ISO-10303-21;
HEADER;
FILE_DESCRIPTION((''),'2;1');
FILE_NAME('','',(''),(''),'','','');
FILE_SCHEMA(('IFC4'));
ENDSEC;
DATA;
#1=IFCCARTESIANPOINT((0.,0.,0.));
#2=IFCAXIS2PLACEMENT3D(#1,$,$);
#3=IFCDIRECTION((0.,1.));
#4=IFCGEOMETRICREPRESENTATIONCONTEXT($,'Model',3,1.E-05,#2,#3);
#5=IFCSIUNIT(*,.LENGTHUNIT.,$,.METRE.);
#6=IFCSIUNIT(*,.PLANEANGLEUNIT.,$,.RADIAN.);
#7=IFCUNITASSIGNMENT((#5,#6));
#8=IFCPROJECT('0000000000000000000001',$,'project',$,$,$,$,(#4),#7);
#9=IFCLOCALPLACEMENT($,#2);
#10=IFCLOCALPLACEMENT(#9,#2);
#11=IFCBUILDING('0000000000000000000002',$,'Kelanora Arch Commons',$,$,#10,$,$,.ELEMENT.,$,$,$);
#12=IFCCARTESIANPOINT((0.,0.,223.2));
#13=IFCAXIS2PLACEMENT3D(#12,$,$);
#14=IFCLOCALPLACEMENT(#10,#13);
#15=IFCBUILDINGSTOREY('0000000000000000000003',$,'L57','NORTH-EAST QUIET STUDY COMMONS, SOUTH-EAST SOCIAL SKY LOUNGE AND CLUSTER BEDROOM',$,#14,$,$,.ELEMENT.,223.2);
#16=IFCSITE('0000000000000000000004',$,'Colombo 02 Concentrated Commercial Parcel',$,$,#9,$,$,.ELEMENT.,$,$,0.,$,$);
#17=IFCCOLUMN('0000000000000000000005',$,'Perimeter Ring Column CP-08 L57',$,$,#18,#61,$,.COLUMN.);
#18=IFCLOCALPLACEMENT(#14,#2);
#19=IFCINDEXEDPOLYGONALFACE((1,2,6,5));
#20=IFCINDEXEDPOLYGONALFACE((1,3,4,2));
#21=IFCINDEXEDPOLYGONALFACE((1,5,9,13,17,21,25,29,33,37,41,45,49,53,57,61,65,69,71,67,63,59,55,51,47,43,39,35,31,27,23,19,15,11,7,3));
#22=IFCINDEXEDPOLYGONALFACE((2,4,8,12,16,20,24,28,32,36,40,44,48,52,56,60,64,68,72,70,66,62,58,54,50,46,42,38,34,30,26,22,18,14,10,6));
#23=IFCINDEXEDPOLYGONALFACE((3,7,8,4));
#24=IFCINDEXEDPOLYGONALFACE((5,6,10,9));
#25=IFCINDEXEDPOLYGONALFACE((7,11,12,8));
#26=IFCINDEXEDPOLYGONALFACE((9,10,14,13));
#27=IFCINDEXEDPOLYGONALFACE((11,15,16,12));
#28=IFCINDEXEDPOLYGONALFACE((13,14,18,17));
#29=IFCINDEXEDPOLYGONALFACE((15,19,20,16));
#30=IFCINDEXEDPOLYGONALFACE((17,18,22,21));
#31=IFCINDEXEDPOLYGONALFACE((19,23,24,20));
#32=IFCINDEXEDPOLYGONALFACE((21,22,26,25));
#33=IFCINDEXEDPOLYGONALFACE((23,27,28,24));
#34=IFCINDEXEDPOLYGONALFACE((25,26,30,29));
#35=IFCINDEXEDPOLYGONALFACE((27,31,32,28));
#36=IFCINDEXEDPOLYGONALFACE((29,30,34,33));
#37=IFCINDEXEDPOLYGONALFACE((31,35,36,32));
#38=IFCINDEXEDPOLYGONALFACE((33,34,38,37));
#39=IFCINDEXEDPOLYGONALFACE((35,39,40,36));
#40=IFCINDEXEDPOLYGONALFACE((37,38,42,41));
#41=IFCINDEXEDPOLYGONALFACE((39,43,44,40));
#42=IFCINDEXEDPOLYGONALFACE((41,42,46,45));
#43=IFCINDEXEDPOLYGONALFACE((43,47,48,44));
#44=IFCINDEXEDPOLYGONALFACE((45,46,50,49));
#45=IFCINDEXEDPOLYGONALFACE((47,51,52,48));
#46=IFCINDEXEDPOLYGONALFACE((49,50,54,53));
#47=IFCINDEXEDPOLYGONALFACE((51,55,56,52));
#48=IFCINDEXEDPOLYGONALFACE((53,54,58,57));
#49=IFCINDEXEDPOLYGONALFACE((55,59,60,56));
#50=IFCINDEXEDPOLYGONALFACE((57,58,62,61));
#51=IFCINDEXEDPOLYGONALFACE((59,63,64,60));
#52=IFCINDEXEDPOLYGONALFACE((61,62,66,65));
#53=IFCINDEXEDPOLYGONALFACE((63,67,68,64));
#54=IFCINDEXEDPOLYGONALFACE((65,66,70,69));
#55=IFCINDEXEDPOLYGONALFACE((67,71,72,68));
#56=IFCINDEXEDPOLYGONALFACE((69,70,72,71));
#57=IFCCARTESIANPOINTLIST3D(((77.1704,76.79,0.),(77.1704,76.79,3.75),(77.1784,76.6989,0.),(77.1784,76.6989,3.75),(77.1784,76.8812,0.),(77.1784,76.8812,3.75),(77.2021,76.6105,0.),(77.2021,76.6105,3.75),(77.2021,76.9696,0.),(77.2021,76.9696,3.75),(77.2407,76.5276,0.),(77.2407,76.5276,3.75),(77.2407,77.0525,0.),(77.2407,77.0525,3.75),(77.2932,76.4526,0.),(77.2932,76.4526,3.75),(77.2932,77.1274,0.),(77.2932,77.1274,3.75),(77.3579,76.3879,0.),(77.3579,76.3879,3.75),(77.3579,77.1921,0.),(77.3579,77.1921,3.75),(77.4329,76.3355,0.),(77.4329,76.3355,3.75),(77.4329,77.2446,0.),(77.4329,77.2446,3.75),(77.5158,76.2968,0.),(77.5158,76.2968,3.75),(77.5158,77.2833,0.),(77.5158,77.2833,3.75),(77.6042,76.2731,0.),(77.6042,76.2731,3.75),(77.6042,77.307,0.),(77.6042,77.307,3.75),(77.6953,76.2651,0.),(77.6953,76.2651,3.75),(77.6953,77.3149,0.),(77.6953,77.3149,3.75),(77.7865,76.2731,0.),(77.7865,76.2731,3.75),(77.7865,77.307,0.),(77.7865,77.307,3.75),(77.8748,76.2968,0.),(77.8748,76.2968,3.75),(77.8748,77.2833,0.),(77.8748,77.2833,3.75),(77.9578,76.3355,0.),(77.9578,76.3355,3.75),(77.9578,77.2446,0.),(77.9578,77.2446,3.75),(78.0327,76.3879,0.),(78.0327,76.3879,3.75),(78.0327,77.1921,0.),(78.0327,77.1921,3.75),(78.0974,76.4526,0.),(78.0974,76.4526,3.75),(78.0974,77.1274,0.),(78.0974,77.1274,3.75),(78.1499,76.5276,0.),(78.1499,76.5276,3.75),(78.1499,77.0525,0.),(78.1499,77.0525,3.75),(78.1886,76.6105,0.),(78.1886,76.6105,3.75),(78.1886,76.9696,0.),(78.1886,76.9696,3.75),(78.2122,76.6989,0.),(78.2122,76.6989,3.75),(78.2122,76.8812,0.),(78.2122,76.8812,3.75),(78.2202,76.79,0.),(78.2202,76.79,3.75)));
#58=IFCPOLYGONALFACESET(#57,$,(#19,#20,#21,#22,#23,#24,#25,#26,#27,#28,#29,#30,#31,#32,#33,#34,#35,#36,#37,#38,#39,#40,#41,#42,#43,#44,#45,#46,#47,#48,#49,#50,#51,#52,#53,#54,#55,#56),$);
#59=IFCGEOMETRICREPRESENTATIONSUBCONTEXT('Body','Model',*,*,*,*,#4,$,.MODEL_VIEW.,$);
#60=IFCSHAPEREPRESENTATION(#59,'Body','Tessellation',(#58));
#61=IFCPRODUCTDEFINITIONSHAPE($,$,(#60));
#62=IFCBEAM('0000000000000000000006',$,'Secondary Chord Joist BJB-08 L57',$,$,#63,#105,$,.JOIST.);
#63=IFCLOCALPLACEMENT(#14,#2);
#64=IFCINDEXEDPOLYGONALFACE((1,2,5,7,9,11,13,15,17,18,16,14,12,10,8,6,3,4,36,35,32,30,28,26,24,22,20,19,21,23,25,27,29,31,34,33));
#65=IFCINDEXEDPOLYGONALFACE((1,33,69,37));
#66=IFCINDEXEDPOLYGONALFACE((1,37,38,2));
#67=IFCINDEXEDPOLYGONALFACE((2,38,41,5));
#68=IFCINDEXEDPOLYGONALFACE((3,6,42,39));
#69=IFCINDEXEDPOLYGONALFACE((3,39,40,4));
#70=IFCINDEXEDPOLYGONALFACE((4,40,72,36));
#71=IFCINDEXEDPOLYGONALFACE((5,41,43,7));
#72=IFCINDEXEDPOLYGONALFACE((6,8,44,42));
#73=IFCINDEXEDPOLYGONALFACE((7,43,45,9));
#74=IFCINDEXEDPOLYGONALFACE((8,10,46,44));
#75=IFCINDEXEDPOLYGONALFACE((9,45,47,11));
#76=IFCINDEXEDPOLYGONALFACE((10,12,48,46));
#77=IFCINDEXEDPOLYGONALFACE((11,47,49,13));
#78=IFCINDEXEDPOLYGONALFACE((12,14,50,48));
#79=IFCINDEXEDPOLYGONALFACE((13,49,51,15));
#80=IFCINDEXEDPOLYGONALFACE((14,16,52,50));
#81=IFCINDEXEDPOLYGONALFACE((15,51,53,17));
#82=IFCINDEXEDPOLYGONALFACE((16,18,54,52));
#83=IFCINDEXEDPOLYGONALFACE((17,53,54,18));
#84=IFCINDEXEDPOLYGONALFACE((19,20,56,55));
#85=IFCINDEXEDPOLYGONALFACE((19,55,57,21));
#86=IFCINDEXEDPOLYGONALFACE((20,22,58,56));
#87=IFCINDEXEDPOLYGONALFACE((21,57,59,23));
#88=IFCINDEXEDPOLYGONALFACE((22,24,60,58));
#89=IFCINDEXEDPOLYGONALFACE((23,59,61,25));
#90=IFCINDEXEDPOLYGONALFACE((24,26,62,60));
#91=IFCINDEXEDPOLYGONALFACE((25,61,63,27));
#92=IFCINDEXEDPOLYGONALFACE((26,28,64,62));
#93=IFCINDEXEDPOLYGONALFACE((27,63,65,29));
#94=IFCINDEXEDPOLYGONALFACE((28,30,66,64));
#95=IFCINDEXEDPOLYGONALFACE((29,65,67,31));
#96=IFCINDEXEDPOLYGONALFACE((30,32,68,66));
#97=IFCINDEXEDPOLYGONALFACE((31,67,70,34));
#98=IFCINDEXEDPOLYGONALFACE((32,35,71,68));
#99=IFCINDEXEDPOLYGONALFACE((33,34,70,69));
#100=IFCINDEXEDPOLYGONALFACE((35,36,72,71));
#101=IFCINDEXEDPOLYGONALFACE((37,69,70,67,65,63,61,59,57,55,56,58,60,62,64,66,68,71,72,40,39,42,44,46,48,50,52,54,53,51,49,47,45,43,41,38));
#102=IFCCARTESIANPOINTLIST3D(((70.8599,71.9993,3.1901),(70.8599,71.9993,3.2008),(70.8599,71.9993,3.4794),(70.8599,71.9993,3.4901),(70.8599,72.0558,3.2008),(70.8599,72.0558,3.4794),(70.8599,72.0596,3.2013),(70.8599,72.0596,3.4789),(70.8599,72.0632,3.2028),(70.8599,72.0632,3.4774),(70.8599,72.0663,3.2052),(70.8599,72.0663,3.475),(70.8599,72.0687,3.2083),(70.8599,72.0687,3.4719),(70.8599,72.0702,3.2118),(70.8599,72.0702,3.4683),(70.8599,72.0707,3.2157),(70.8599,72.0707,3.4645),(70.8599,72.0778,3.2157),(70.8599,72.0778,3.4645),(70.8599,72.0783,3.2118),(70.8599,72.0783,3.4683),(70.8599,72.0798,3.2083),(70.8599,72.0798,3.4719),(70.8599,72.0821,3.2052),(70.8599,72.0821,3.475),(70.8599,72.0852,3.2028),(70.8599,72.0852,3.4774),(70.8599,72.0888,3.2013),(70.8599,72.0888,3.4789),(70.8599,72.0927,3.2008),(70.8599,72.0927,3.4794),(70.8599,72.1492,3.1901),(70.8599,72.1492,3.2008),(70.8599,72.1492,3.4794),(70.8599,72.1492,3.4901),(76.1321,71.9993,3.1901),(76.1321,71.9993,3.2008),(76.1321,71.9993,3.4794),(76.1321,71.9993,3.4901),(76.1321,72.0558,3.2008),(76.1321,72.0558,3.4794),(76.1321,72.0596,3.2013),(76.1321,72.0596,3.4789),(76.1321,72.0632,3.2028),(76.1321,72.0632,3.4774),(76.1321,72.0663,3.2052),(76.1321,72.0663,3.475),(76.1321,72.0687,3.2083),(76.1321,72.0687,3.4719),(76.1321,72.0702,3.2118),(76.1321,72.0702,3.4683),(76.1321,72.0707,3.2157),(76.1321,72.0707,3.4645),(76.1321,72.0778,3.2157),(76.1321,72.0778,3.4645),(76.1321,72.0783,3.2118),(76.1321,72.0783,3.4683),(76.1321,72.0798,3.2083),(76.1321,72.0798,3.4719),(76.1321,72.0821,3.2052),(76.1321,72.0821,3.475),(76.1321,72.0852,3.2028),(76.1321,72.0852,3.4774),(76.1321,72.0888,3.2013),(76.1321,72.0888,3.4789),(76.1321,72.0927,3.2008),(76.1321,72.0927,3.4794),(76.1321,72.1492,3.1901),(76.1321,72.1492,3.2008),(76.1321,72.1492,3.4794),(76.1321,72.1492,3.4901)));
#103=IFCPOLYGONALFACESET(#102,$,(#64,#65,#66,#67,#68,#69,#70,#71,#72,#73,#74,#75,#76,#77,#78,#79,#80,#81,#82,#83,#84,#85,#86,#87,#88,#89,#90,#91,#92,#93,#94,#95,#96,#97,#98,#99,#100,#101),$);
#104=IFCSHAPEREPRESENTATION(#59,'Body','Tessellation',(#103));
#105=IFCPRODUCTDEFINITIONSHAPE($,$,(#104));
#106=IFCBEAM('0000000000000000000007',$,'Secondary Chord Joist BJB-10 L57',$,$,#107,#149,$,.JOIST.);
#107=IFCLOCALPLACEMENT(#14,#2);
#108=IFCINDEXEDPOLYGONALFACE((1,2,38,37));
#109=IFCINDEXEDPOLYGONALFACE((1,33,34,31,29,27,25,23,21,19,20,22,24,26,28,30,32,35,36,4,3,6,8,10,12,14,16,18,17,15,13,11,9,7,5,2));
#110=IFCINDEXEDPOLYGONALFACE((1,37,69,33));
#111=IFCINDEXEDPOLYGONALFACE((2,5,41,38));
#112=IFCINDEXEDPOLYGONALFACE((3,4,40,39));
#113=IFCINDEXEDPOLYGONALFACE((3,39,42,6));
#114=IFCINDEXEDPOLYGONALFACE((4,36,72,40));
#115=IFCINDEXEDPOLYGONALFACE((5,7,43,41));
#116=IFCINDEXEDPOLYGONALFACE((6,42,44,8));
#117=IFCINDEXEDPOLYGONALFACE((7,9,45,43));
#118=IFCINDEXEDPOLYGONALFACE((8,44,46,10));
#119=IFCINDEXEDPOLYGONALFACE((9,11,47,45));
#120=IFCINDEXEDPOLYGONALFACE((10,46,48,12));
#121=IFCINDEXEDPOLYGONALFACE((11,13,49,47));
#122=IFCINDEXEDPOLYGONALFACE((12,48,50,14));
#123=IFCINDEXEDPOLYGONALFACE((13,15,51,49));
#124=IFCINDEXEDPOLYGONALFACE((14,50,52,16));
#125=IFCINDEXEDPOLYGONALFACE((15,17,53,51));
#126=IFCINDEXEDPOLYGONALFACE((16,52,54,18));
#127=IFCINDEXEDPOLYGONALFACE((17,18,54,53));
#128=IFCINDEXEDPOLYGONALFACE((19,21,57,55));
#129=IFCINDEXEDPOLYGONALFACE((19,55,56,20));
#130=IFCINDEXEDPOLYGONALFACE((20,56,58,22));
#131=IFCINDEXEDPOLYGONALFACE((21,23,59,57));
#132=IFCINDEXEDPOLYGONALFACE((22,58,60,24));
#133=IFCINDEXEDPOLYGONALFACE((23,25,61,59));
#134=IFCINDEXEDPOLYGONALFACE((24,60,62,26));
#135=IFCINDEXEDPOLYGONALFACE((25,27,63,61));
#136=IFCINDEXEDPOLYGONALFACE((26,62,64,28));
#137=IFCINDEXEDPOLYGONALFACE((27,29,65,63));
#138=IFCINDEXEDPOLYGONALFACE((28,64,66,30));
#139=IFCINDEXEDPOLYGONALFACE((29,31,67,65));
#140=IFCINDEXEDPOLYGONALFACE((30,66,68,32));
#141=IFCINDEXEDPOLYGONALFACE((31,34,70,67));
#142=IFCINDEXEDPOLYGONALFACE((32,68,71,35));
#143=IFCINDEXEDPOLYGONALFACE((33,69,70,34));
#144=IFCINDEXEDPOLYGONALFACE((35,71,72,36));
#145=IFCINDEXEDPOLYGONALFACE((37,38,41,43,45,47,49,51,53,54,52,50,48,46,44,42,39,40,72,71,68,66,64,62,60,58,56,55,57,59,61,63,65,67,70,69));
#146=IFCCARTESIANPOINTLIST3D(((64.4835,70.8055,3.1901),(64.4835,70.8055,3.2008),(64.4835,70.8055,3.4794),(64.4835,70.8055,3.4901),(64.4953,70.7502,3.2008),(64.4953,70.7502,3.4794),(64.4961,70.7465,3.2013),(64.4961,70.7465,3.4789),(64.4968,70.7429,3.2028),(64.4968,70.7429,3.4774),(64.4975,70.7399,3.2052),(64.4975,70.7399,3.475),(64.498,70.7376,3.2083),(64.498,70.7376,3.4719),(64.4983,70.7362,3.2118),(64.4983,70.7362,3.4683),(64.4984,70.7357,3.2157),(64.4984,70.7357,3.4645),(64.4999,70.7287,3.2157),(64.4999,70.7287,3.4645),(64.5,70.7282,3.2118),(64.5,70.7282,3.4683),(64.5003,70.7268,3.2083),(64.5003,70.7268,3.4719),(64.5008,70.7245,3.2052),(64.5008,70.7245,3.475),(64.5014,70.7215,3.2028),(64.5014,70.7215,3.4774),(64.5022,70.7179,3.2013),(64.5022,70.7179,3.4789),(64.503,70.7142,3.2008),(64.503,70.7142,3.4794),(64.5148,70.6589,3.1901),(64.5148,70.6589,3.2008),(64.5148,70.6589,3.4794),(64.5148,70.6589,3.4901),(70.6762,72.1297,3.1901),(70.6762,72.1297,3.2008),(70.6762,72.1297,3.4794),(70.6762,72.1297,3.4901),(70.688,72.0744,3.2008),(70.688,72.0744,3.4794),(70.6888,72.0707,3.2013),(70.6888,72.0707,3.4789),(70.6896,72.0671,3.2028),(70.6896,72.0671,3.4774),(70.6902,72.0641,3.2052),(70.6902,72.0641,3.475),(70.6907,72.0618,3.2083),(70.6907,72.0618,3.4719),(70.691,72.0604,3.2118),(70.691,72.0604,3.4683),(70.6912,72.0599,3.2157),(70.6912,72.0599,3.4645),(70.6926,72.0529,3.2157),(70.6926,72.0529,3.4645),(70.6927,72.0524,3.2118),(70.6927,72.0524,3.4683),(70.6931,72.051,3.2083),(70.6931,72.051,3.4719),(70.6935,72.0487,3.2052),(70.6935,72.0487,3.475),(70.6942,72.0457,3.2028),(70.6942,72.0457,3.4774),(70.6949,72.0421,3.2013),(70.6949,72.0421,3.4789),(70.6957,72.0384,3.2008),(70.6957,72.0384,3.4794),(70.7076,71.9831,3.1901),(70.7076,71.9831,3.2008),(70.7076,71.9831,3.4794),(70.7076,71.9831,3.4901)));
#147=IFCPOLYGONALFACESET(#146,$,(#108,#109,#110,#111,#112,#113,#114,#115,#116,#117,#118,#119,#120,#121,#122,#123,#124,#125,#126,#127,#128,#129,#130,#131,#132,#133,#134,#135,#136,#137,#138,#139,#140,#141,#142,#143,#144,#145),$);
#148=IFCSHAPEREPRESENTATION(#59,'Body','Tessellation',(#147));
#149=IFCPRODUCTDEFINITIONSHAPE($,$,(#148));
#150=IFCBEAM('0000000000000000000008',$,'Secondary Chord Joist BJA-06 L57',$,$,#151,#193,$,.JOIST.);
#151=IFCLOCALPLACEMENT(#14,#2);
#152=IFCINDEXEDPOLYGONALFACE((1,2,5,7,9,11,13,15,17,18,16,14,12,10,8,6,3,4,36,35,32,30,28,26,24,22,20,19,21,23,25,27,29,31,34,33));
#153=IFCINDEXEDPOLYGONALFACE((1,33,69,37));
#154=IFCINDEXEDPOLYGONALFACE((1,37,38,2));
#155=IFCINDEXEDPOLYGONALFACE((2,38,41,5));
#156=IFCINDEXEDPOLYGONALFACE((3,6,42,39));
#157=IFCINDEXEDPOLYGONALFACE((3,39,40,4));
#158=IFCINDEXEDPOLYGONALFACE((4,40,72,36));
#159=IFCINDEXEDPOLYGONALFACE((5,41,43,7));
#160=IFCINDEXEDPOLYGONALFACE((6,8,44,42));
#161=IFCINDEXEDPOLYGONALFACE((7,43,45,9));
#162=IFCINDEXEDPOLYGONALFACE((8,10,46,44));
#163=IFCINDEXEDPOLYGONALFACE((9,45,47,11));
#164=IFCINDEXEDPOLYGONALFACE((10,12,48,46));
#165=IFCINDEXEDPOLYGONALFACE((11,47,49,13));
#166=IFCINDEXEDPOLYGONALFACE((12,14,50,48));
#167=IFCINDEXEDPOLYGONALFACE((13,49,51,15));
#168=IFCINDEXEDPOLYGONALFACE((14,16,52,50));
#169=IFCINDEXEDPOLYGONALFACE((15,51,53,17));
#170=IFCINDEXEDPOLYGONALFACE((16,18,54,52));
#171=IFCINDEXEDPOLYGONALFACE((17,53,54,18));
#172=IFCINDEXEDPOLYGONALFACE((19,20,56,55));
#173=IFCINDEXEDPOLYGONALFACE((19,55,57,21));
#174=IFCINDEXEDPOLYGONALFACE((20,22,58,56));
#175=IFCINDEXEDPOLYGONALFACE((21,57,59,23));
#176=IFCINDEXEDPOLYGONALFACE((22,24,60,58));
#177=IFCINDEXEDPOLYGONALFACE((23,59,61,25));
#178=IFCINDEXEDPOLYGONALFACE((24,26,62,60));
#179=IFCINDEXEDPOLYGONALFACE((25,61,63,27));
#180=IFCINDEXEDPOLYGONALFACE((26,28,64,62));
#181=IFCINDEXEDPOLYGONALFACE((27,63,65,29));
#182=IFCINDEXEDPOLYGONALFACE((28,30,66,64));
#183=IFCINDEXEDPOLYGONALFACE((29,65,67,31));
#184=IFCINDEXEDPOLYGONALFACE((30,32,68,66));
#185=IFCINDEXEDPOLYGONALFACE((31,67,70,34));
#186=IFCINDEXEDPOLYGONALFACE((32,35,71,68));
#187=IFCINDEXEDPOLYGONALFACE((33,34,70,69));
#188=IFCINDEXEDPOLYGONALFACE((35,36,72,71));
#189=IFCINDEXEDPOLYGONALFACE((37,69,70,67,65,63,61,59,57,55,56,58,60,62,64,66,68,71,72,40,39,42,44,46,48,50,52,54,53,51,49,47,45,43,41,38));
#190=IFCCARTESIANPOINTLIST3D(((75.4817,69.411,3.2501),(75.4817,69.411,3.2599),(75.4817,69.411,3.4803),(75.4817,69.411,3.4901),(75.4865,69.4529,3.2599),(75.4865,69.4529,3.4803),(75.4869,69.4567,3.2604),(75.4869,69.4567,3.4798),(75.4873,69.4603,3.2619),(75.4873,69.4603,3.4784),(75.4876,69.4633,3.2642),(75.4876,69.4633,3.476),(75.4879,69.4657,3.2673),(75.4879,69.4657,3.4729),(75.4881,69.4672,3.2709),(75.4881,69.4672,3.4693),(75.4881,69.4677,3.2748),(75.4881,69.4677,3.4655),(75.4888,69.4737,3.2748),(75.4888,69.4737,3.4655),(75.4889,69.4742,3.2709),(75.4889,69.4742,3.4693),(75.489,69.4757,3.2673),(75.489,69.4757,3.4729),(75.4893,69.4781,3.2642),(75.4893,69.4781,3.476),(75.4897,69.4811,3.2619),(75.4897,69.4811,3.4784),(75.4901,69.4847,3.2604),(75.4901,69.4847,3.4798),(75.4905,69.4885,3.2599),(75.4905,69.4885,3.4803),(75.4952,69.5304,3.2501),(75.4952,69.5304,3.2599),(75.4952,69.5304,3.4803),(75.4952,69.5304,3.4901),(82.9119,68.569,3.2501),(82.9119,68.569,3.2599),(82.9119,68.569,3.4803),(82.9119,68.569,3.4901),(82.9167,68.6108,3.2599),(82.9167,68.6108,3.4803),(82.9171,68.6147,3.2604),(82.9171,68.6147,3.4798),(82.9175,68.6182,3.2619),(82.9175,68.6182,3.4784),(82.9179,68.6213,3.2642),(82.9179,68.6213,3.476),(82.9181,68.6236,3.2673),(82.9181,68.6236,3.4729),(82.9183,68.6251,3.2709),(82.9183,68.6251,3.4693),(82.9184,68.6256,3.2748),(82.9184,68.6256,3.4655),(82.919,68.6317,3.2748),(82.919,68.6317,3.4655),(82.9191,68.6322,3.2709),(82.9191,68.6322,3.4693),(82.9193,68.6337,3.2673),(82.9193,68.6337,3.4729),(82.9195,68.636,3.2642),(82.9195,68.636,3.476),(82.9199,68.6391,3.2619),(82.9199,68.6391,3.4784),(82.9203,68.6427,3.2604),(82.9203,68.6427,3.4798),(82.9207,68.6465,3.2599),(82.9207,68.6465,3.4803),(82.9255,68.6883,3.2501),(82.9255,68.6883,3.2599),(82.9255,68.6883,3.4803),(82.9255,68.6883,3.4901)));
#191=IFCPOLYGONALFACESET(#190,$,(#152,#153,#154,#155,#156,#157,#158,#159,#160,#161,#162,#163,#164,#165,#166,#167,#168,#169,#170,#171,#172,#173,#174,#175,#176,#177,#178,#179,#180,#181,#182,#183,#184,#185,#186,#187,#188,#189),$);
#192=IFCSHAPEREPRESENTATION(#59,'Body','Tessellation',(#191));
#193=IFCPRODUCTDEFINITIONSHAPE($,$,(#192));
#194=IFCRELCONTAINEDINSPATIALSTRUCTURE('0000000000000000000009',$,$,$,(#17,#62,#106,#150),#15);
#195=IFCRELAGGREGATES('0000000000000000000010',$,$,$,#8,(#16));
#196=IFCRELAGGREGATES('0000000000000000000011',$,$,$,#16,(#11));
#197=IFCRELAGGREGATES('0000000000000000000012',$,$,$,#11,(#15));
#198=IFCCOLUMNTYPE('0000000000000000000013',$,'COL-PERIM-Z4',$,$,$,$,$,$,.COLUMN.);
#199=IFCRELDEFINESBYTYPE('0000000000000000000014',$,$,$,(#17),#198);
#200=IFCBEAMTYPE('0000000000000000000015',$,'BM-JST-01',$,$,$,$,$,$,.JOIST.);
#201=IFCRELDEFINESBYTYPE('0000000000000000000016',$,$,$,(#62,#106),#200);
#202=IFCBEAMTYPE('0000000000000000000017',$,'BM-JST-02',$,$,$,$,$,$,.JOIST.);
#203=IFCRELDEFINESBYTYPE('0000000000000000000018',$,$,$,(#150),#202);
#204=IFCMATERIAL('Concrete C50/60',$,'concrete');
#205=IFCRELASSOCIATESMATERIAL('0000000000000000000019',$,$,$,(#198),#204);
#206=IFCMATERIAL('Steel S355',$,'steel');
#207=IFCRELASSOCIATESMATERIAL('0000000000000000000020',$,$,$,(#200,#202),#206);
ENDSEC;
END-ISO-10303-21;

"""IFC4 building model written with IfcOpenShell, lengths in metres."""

from ifc_helpers import new_model, si_unit, direction, frame, origin, origin_2d, place, context, subcontext, project, spatial, circle, i_section, extrude, material, material_profile, profile_set, type_object, element, save


model = new_model("IFC4")

# Units and contexts
model_context = context("Model", 3, precision=1e-05, world=origin(), true_north=direction((0.0, 1.0)))
body_context = subcontext(model_context, "Body", "Model", "MODEL_VIEW")
ifc_project = project(units=[si_unit("LENGTHUNIT", "METRE"), si_unit("PLANEANGLEUNIT", "RADIAN")], contexts=[model_context])

# Site, building, storey
site_placement = place(None, origin())
site = spatial("IfcSite", under=ifc_project, at=site_placement, Name="Colombo 02 Concentrated Commercial Parcel", CompositionType="ELEMENT", RefElevation=0.0)
building_placement = place(site_placement, origin())
building = spatial("IfcBuilding", under=site, at=building_placement, Name="Kelanora Arch Commons", CompositionType="ELEMENT")
storey_placement = place(building_placement, frame((0.0, 0.0, 223.2)))
storey = spatial("IfcBuildingStorey", under=building, at=storey_placement, Name="L57", Description="NORTH-EAST QUIET STUDY COMMONS, SOUTH-EAST SOCIAL SKY LOUNGE AND CLUSTER BEDROOM", CompositionType="ELEMENT", Elevation=223.2)

# Column
ifc_material_1 = material(Name="Concrete C50/60", Category="concrete")
ifc_material_profile_1 = material_profile(ifc_material_1, circle(Radius=0.5249, at=origin_2d()), Name="RCC1050")
ifc_profile_set_1 = profile_set([ifc_material_profile_1], Name="Concrete C50/60")
column_type = type_object("IfcColumnType", Name="COL-PERIM-Z4", PredefinedType="COLUMN", material=ifc_profile_set_1)
column_placement = place(storey_placement, frame((77.6953, 76.79, 0.0), z_axis=(0.0, 0.0, 1.0), x_axis=(1.0, 0.0, 0.0)))
element("IfcColumn", 1, at=column_placement, inside=storey, type_object=column_type, Name="Perimeter Ring Column CP-08 L57", PredefinedType="COLUMN", context=body_context, shape_type="SweptSolid", body=[
    extrude(circle(Radius=0.5249, at=origin_2d()), origin(), (0.0, 0.0, 1.0), 3.75),
])

# Beams
ifc_material_2 = material(Name="Steel S355", Category="steel")
ifc_material_profile_2 = material_profile(ifc_material_2, i_section(OverallWidth=0.1499, OverallDepth=0.3, WebThickness=0.0071, FlangeThickness=0.0107, FilletRadius=0.0149, at=origin_2d()), Name="IPE300")
ifc_profile_set_2 = profile_set([ifc_material_profile_2], Name="Steel S355")
beam_type_1 = type_object("IfcBeamType", Name="BM-JST-01", PredefinedType="JOIST", material=ifc_profile_set_2)
beam_1_placement = place(storey_placement, frame((76.1321, 72.0742, 3.3401), z_axis=(-1.0, 0.0, 0.0), x_axis=(0.0, -1.0, 0.0)))
element("IfcBeam", 2, at=beam_1_placement, inside=storey, type_object=beam_type_1, Name="Secondary Chord Joist BJB-08 L57", PredefinedType="JOIST", context=body_context, shape_type="SweptSolid", body=[
    extrude(i_section(OverallWidth=0.1499, OverallDepth=0.3, WebThickness=0.0071, FlangeThickness=0.0107, FilletRadius=0.0149, at=origin_2d()), origin(), (0.0, 0.0, 1.0), 5.2722),
])
beam_2_placement = place(storey_placement, frame((70.6919, 72.0564, 3.3401), z_axis=(-0.977894, -0.209103, 0.0), x_axis=(0.209103, -0.977894, 0.0)))
element("IfcBeam", 3, at=beam_2_placement, inside=storey, type_object=beam_type_1, Name="Secondary Chord Joist BJB-10 L57", PredefinedType="JOIST", context=body_context, shape_type="SweptSolid", body=[
    extrude(i_section(OverallWidth=0.1499, OverallDepth=0.3, WebThickness=0.0071, FlangeThickness=0.0107, FilletRadius=0.0149, at=origin_2d()), origin(), (0.0, 0.0, 1.0), 6.3328),
])
ifc_material_profile_3 = material_profile(ifc_material_2, i_section(OverallWidth=0.1201, OverallDepth=0.24, WebThickness=0.0061, FlangeThickness=0.0098, FilletRadius=0.0149, at=origin_2d()), Name="IPE240")
ifc_profile_set_3 = profile_set([ifc_material_profile_3], Name="Steel S355")
beam_type_2 = type_object("IfcBeamType", Name="BM-JST-02", PredefinedType="JOIST", material=ifc_profile_set_3)
beam_3_placement = place(storey_placement, frame((82.9187, 68.6287, 3.3701), z_axis=(-0.99364, 0.112606, 0.0), x_axis=(-0.112606, -0.99364, 0.0)))
element("IfcBeam", 4, at=beam_3_placement, inside=storey, type_object=beam_type_2, Name="Secondary Chord Joist BJA-06 L57", PredefinedType="JOIST", context=body_context, shape_type="SweptSolid", body=[
    extrude(i_section(OverallWidth=0.1201, OverallDepth=0.24, WebThickness=0.0061, FlangeThickness=0.0098, FilletRadius=0.0149, at=origin_2d()), origin(), (0.0, 0.0, 1.0), 7.4778),
])

save(model, "model.ifc")
